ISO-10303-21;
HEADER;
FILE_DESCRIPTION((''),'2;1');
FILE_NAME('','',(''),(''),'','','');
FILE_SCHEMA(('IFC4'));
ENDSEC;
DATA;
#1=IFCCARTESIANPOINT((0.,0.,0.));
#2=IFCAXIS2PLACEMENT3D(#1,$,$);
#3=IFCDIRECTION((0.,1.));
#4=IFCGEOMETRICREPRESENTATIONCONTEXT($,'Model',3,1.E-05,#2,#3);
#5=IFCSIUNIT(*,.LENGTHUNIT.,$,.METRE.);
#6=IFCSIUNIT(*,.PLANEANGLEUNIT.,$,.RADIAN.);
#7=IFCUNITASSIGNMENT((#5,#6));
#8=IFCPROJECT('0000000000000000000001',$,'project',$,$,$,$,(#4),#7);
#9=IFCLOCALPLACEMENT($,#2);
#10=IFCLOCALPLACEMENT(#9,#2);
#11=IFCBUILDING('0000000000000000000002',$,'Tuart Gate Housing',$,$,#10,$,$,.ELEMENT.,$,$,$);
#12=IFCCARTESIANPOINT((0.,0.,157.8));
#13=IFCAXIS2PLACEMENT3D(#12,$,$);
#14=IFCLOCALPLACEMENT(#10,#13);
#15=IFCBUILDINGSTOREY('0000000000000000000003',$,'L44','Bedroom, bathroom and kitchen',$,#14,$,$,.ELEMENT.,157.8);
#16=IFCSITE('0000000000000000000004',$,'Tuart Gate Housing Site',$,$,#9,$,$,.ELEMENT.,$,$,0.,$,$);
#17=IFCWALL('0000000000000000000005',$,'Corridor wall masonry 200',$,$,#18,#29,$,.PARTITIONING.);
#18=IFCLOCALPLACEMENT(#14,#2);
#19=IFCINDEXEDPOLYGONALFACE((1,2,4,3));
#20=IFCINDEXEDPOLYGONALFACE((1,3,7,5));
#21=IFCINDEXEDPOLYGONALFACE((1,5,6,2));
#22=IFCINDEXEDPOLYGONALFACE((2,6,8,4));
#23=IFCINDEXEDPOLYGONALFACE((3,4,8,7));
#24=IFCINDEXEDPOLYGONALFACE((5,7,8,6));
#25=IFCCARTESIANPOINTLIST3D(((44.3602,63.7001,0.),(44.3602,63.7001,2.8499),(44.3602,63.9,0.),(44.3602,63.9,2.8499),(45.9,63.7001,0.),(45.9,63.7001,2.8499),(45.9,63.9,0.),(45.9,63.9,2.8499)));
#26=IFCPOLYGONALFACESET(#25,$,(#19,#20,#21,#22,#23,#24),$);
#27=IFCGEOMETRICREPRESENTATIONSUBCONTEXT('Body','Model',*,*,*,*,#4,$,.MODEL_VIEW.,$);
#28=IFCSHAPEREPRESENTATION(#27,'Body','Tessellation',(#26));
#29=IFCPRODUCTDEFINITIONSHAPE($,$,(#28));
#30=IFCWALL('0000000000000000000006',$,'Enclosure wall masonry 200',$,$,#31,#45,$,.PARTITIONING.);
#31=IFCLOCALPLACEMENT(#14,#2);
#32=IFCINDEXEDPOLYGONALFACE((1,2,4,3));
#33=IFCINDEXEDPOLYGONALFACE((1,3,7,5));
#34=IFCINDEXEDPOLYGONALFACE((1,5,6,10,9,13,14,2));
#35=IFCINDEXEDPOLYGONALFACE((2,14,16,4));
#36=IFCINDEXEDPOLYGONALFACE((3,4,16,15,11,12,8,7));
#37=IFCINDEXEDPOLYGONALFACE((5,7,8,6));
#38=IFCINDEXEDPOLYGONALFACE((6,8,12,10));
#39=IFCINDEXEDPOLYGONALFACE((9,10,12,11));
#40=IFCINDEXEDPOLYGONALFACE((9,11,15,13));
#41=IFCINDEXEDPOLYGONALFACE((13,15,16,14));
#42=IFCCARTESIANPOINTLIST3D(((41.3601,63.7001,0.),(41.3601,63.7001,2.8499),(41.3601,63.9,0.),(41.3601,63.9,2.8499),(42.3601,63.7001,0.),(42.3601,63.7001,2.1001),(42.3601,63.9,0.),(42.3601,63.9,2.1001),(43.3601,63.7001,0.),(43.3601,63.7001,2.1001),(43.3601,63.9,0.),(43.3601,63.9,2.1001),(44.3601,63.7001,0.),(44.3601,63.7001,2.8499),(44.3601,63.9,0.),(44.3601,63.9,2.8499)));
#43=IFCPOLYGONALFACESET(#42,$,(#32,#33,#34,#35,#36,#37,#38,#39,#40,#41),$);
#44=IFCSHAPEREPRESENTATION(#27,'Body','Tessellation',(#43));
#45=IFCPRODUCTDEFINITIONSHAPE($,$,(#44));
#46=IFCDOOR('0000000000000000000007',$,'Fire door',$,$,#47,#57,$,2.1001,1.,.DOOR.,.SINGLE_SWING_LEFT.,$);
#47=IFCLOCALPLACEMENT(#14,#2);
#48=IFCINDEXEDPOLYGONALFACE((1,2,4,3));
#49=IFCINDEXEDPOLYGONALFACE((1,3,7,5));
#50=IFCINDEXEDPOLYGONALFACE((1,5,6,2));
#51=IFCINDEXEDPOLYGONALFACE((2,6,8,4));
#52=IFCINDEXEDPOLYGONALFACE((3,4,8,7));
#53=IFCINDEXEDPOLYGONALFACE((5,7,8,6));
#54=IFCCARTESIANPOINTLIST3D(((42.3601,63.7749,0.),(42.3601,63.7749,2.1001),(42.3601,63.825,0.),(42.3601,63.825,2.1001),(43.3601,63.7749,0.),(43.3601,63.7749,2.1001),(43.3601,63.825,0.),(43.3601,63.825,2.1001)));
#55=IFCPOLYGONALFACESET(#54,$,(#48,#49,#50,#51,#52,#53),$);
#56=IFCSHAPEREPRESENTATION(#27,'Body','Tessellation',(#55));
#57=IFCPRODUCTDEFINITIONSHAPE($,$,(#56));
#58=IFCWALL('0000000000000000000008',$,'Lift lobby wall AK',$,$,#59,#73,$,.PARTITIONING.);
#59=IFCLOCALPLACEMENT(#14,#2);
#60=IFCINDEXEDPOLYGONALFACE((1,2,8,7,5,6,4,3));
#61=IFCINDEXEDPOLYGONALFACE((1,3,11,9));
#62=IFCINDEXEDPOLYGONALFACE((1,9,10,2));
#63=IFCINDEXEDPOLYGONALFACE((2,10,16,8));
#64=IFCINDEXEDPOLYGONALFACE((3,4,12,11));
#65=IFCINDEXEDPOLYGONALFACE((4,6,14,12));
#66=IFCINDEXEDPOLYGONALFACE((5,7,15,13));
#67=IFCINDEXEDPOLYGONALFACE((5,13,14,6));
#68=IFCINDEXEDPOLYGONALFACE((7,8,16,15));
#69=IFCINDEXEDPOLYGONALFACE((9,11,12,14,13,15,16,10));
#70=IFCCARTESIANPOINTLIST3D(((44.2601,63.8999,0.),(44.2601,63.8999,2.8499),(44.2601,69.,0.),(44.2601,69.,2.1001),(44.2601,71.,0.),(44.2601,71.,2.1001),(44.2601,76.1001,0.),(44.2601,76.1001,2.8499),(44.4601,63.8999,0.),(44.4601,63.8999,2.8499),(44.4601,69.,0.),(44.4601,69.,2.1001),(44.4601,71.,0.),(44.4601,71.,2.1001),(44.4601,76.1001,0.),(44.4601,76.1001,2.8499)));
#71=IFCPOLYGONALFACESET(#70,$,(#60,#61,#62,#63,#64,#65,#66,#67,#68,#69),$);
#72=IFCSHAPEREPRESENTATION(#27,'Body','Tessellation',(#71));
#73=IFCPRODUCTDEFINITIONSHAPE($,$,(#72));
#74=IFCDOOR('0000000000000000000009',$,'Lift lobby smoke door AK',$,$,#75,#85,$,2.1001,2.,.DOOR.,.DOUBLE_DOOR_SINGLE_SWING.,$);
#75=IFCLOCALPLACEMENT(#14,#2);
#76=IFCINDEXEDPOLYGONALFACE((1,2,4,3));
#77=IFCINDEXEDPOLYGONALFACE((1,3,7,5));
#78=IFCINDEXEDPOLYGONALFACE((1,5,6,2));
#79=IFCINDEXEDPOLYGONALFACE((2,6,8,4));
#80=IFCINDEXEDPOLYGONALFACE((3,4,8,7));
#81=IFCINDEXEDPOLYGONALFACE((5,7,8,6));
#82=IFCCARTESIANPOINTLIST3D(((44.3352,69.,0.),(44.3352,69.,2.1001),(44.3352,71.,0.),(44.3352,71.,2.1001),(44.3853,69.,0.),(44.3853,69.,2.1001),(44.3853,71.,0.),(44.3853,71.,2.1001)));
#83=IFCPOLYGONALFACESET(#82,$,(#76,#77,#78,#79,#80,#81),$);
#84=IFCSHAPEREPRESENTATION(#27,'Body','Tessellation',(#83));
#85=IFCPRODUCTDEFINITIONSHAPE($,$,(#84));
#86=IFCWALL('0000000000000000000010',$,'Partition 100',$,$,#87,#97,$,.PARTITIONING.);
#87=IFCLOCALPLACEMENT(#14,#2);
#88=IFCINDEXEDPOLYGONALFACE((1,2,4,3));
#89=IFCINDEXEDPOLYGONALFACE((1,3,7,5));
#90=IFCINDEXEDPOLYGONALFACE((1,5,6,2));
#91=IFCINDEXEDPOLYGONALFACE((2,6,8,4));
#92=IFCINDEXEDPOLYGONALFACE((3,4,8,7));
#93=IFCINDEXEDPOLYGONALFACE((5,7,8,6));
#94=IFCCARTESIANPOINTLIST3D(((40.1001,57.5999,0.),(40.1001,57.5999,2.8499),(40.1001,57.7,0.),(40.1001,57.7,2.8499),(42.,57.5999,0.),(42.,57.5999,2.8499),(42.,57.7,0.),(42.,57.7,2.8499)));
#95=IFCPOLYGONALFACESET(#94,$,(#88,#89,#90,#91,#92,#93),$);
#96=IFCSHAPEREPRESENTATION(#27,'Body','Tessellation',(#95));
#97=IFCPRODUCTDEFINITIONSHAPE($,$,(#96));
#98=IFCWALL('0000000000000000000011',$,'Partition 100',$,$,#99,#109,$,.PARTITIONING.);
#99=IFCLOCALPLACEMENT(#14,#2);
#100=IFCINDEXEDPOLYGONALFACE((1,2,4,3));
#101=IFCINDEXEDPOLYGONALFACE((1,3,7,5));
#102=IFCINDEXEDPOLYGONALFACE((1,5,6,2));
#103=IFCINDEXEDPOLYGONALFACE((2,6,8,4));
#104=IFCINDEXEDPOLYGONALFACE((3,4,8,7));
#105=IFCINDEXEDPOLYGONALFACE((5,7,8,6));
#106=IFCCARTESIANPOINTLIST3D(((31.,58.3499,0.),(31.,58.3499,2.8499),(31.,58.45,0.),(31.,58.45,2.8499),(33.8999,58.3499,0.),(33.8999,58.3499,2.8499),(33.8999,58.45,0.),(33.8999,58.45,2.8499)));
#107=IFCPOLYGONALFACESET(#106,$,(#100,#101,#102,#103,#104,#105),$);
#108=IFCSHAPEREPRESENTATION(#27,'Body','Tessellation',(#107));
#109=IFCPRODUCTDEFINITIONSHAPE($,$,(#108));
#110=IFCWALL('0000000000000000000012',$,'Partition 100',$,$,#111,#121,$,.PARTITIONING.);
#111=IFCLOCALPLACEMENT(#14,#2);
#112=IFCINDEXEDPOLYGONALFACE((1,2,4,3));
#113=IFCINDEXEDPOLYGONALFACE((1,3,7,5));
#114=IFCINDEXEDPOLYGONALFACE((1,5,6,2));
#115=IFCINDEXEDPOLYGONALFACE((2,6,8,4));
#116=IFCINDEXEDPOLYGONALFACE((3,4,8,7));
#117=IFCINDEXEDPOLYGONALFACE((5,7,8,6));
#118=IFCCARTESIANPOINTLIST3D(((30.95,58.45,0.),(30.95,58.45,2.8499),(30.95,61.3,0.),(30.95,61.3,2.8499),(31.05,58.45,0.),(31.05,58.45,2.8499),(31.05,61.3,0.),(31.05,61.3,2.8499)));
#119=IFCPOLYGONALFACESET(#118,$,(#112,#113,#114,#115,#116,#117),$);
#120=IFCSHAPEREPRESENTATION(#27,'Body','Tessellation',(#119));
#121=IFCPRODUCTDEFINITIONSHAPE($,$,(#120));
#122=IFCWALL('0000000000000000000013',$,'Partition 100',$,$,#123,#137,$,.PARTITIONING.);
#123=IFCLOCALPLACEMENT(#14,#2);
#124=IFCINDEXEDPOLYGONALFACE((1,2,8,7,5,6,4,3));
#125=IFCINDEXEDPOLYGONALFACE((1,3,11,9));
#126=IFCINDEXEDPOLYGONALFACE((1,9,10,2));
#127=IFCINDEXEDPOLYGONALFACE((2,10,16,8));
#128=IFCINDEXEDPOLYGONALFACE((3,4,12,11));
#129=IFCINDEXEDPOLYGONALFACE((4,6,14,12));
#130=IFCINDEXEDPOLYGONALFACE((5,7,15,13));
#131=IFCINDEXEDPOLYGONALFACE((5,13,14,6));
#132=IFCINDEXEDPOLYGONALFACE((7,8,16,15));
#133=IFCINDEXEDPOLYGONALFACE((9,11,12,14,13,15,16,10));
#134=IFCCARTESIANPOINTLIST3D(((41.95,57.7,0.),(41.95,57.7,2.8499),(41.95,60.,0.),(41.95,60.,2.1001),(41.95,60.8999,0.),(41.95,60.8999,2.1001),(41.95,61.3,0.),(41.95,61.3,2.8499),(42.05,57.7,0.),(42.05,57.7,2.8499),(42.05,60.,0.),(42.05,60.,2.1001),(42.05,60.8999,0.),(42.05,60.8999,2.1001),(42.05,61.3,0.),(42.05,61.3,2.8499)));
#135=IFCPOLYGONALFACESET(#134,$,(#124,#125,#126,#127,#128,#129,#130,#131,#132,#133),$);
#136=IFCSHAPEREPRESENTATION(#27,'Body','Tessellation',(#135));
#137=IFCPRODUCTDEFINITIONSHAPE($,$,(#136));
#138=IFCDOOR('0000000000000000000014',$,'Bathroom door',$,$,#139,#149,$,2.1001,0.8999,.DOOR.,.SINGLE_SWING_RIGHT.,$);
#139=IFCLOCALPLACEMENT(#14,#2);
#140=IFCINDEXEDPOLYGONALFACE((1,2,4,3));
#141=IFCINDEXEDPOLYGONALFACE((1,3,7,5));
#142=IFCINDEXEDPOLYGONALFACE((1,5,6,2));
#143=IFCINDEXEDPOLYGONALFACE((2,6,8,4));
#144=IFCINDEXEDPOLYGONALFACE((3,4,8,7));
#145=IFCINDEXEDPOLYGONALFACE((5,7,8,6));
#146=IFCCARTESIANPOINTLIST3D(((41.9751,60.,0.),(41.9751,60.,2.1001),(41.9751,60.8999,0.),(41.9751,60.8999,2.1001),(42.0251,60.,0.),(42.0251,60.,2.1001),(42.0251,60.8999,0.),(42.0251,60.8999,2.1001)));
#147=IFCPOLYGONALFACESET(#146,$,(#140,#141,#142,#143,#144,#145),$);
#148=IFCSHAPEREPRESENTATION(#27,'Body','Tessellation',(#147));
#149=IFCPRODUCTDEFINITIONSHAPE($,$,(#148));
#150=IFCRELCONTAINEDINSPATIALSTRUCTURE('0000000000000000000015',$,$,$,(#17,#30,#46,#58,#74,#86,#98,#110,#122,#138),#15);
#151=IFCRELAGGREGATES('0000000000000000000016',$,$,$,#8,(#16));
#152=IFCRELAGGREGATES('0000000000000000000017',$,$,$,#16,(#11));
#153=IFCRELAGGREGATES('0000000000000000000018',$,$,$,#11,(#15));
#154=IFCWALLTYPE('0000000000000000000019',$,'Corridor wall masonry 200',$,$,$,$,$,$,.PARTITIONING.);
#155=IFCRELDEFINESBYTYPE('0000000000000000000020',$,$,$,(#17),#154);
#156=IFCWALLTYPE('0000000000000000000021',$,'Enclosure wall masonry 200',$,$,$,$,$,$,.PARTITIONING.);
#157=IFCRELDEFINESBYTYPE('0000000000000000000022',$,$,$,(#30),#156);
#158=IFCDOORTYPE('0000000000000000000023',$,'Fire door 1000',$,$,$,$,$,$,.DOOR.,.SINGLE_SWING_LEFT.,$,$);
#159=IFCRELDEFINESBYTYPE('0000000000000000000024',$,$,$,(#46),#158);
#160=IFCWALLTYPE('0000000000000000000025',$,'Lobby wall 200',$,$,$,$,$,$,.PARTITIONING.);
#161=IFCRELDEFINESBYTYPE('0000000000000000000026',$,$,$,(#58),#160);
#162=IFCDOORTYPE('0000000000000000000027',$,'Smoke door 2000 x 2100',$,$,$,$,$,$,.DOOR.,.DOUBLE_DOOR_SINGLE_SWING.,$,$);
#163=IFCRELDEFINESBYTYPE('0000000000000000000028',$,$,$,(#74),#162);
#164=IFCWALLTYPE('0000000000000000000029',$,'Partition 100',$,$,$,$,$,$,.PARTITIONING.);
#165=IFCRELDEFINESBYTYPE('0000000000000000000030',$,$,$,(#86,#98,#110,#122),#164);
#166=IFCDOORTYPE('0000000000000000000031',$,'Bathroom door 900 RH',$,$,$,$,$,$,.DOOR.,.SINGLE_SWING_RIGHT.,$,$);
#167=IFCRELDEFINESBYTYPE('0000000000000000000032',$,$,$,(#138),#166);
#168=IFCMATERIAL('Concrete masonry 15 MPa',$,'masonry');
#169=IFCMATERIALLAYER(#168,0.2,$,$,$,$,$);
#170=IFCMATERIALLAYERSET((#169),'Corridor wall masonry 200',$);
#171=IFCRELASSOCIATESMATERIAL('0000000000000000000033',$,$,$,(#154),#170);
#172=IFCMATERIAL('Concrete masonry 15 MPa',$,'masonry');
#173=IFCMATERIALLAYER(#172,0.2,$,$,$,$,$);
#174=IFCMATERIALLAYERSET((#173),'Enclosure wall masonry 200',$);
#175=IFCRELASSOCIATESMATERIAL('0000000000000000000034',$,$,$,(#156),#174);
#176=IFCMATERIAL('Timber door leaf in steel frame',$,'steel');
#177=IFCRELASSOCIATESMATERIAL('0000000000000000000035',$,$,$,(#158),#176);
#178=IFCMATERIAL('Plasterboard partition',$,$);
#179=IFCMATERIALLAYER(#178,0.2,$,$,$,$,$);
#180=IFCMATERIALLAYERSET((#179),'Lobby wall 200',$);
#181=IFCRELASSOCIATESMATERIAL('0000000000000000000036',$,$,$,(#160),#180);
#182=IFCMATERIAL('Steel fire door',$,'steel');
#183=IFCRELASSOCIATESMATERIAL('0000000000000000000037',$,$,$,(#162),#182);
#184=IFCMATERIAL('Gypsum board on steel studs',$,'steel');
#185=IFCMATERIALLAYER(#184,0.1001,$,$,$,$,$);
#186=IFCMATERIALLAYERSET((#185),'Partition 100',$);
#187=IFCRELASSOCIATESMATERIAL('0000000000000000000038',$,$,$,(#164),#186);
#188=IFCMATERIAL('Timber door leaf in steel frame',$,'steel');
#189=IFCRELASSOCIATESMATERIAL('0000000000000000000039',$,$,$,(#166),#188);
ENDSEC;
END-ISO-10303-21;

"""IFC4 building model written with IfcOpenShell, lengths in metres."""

from ifc_helpers import new_model, si_unit, direction, frame, frame_2d, origin, place, context, subcontext, project, spatial, rectangle, extrude, material, layer, layer_set, type_object, element, fill, save


model = new_model("IFC4")

# Units and contexts
model_context = context("Model", 3, precision=1e-05, world=origin(), true_north=direction((0.0, 1.0)))
body_context = subcontext(model_context, "Body", "Model", "MODEL_VIEW")
ifc_project = project(units=[si_unit("LENGTHUNIT", "METRE"), si_unit("PLANEANGLEUNIT", "RADIAN")], contexts=[model_context])

# Site, building, storey
site_placement = place(None, origin())
site = spatial("IfcSite", under=ifc_project, at=site_placement, Name="Tuart Gate Housing Site", CompositionType="ELEMENT", RefElevation=0.0)
building_placement = place(site_placement, origin())
building = spatial("IfcBuilding", under=site, at=building_placement, Name="Tuart Gate Housing", CompositionType="ELEMENT")
storey_placement = place(building_placement, frame((0.0, 0.0, 157.8)))
storey = spatial("IfcBuildingStorey", under=building, at=storey_placement, Name="L44", Description="Bedroom, bathroom and kitchen", CompositionType="ELEMENT", Elevation=157.8)

# Shared definitions
ifc_material_1 = material(Name="Concrete masonry 15 MPa", Category="masonry")
ifc_layer_1 = layer(ifc_material_1, 0.2)
ifc_layer_set_1 = layer_set([ifc_layer_1], Name="Corridor wall masonry 200")
wall_type_1 = type_object("IfcWallType", Name="Corridor wall masonry 200", PredefinedType="PARTITIONING", material=ifc_layer_set_1)

# Wall
wall_1_placement = place(storey_placement, frame((44.3601, 63.8, 0.0), z_axis=(0.0, 0.0, 1.0), x_axis=(1.0, 0.0, 0.0)))
element("IfcWall", 1, at=wall_1_placement, inside=storey, type_object=wall_type_1, Name="Corridor wall masonry 200", PredefinedType="PARTITIONING", context=body_context, shape_type="SweptSolid", body=[
    extrude(rectangle(XDim=1.5398, YDim=0.2, at=frame_2d((0.77, 0.0))), origin(), (0.0, 0.0, 1.0), 2.8499),
])

# Walls, openings, doors
ifc_material_2 = material(Name="Concrete masonry 15 MPa", Category="masonry")
ifc_layer_2 = layer(ifc_material_2, 0.2)
ifc_layer_set_2 = layer_set([ifc_layer_2], Name="Enclosure wall masonry 200")
wall_type_2 = type_object("IfcWallType", Name="Enclosure wall masonry 200", PredefinedType="PARTITIONING", material=ifc_layer_set_2)
wall_2_placement = place(storey_placement, frame((41.3601, 63.8, 0.0), z_axis=(0.0, 0.0, 1.0), x_axis=(1.0, 0.0, 0.0)))
wall_2 = element("IfcWall", 2, at=wall_2_placement, inside=storey, type_object=wall_type_2, Name="Enclosure wall masonry 200", PredefinedType="PARTITIONING", context=body_context, shape_type="SweptSolid", body=[
    extrude(rectangle(XDim=3.0, YDim=0.2, at=frame_2d((1.5, 0.0))), origin(), (0.0, 0.0, 1.0), 2.8499),
])
opening_1_placement = place(wall_2_placement, frame((1.0, 0.0, 0.0)))
opening_1 = element("IfcOpeningElement", 3, at=opening_1_placement, cuts=wall_2, PredefinedType="OPENING", context=body_context, shape_type="SweptSolid", body=[
    extrude(rectangle(XDim=1.0, YDim=2.1001, at=frame_2d((0.5, 1.05))), frame((0.0, 0.1099, 0.0), z_axis=(0.0, -1.0, 0.0), x_axis=(1.0, 0.0, 0.0)), (0.0, 0.0, 1.0), 0.22),
])
ifc_material_3 = material(Name="Timber door leaf in steel frame", Category="steel")
door_type_1 = type_object("IfcDoorType", Name="Fire door 1000", OperationType="SINGLE_SWING_LEFT", PredefinedType="DOOR", material=ifc_material_3)
door_1_placement = place(opening_1_placement, frame((1.0, 0.0, 0.0), z_axis=(0.0, 0.0, 1.0), x_axis=(-1.0, 0.0, 0.0)))
door_1 = element("IfcDoor", 4, at=door_1_placement, inside=storey, type_object=door_type_1, Name="Fire door", OperationType="SINGLE_SWING_LEFT", OverallHeight=2.1001, OverallWidth=1.0, PredefinedType="DOOR", context=body_context, shape_type="SweptSolid", body=[
    extrude(rectangle(XDim=1.0, YDim=2.1001, at=frame_2d((0.5, 1.05))), frame((0.0, 0.0251, 0.0), z_axis=(0.0, -1.0, 0.0), x_axis=(1.0, 0.0, 0.0)), (0.0, 0.0, 1.0), 0.05),
])
fill(opening_1, door_1)
ifc_material_4 = material(Name="Plasterboard partition")
ifc_layer_3 = layer(ifc_material_4, 0.2)
ifc_layer_set_3 = layer_set([ifc_layer_3], Name="Lobby wall 200")
wall_type_3 = type_object("IfcWallType", Name="Lobby wall 200", PredefinedType="PARTITIONING", material=ifc_layer_set_3)
wall_3_placement = place(storey_placement, frame((44.3601, 63.8999, 0.0), z_axis=(0.0, 0.0, 1.0), x_axis=(0.0, 1.0, 0.0)))
wall_3 = element("IfcWall", 5, at=wall_3_placement, inside=storey, type_object=wall_type_3, Name="Lift lobby wall AK", PredefinedType="PARTITIONING", context=body_context, shape_type="SweptSolid", body=[
    extrude(rectangle(XDim=12.2002, YDim=0.2, at=frame_2d((6.1001, 0.0))), origin(), (0.0, 0.0, 1.0), 2.8499),
])
opening_2_placement = place(wall_3_placement, frame((5.1001, 0.0, 0.0)))
opening_2 = element("IfcOpeningElement", 6, at=opening_2_placement, cuts=wall_3, PredefinedType="OPENING", context=body_context, shape_type="SweptSolid", body=[
    extrude(rectangle(XDim=2.0, YDim=2.1001, at=frame_2d((1.0, 1.05))), frame((0.0, 0.1099, 0.0), z_axis=(0.0, -1.0, 0.0), x_axis=(1.0, 0.0, 0.0)), (0.0, 0.0, 1.0), 0.22),
])
ifc_material_5 = material(Name="Steel fire door", Category="steel")
door_type_2 = type_object("IfcDoorType", Name="Smoke door 2000 x 2100", OperationType="DOUBLE_DOOR_SINGLE_SWING", PredefinedType="DOOR", material=ifc_material_5)
door_2_placement = place(opening_2_placement, origin())
door_2 = element("IfcDoor", 7, at=door_2_placement, inside=storey, type_object=door_type_2, Name="Lift lobby smoke door AK", OperationType="DOUBLE_DOOR_SINGLE_SWING", OverallHeight=2.1001, OverallWidth=2.0, PredefinedType="DOOR", context=body_context, shape_type="SweptSolid", body=[
    extrude(rectangle(XDim=2.0, YDim=2.1001, at=frame_2d((1.0, 1.05))), frame((0.0, 0.0249, 0.0), z_axis=(0.0, -1.0, 0.0), x_axis=(1.0, 0.0, 0.0)), (0.0, 0.0, 1.0), 0.05),
])
fill(opening_2, door_2)

# Walls
ifc_material_6 = material(Name="Gypsum board on steel studs", Category="steel")
ifc_layer_4 = layer(ifc_material_6, 0.1001)
ifc_layer_set_4 = layer_set([ifc_layer_4], Name="Partition 100")
wall_type_4 = type_object("IfcWallType", Name="Partition 100", PredefinedType="PARTITIONING", material=ifc_layer_set_4)
wall_4_placement = place(storey_placement, frame((40.1001, 57.6499, 0.0), z_axis=(0.0, 0.0, 1.0), x_axis=(1.0, 0.0, 0.0)))
element("IfcWall", 8, at=wall_4_placement, inside=storey, type_object=wall_type_4, Name="Partition 100", PredefinedType="PARTITIONING", context=body_context, shape_type="SweptSolid", body=[
    extrude(rectangle(XDim=1.8999, YDim=0.1001, at=frame_2d((0.95, 0.0))), origin(), (0.0, 0.0, 1.0), 2.8499),
])
wall_5_placement = place(storey_placement, frame((31.0, 58.3999, 0.0), z_axis=(0.0, 0.0, 1.0), x_axis=(1.0, 0.0, 0.0)))
element("IfcWall", 9, at=wall_5_placement, inside=storey, type_object=wall_type_4, Name="Partition 100", PredefinedType="PARTITIONING", context=body_context, shape_type="SweptSolid", body=[
    extrude(rectangle(XDim=2.8999, YDim=0.1001, at=frame_2d((1.45, 0.0))), origin(), (0.0, 0.0, 1.0), 2.8499),
])
wall_6_placement = place(storey_placement, frame((31.0, 58.45, 0.0), z_axis=(0.0, 0.0, 1.0), x_axis=(0.0, 1.0, 0.0)))
element("IfcWall", 10, at=wall_6_placement, inside=storey, type_object=wall_type_4, Name="Partition 100", PredefinedType="PARTITIONING", context=body_context, shape_type="SweptSolid", body=[
    extrude(rectangle(XDim=2.8501, YDim=0.1001, at=frame_2d((1.425, 0.0))), origin(), (0.0, 0.0, 1.0), 2.8499),
])

# Wall, opening, door
wall_7_placement = place(storey_placement, frame((42.0, 57.7, 0.0), z_axis=(0.0, 0.0, 1.0), x_axis=(0.0, 1.0, 0.0)))
wall_7 = element("IfcWall", 11, at=wall_7_placement, inside=storey, type_object=wall_type_4, Name="Partition 100", PredefinedType="PARTITIONING", context=body_context, shape_type="SweptSolid", body=[
    extrude(rectangle(XDim=3.6001, YDim=0.1001, at=frame_2d((1.8, 0.0))), origin(), (0.0, 0.0, 1.0), 2.8499),
])
opening_3_placement = place(wall_7_placement, frame((2.3, 0.0, 0.0)))
opening_3 = element("IfcOpeningElement", 12, at=opening_3_placement, cuts=wall_7, PredefinedType="OPENING", context=body_context, shape_type="SweptSolid", body=[
    extrude(rectangle(XDim=0.8999, YDim=2.1001, at=frame_2d((0.45, 1.05))), frame((0.0, 0.0601, 0.0), z_axis=(0.0, -1.0, 0.0), x_axis=(1.0, 0.0, 0.0)), (0.0, 0.0, 1.0), 0.1201),
])
ifc_material_7 = material(Name="Timber door leaf in steel frame", Category="steel")
door_type_3 = type_object("IfcDoorType", Name="Bathroom door 900 RH", OperationType="SINGLE_SWING_RIGHT", PredefinedType="DOOR", material=ifc_material_7)
door_3_placement = place(opening_3_placement, origin())
door_3 = element("IfcDoor", 13, at=door_3_placement, inside=storey, type_object=door_type_3, Name="Bathroom door", OperationType="SINGLE_SWING_RIGHT", OverallHeight=2.1001, OverallWidth=0.8999, PredefinedType="DOOR", context=body_context, shape_type="SweptSolid", body=[
    extrude(rectangle(XDim=0.8999, YDim=2.1001, at=frame_2d((0.45, 1.05))), frame((0.0, 0.0249, 0.0), z_axis=(0.0, -1.0, 0.0), x_axis=(1.0, 0.0, 0.0)), (0.0, 0.0, 1.0), 0.05),
])
fill(opening_3, door_3)

save(model, "model.ifc")
